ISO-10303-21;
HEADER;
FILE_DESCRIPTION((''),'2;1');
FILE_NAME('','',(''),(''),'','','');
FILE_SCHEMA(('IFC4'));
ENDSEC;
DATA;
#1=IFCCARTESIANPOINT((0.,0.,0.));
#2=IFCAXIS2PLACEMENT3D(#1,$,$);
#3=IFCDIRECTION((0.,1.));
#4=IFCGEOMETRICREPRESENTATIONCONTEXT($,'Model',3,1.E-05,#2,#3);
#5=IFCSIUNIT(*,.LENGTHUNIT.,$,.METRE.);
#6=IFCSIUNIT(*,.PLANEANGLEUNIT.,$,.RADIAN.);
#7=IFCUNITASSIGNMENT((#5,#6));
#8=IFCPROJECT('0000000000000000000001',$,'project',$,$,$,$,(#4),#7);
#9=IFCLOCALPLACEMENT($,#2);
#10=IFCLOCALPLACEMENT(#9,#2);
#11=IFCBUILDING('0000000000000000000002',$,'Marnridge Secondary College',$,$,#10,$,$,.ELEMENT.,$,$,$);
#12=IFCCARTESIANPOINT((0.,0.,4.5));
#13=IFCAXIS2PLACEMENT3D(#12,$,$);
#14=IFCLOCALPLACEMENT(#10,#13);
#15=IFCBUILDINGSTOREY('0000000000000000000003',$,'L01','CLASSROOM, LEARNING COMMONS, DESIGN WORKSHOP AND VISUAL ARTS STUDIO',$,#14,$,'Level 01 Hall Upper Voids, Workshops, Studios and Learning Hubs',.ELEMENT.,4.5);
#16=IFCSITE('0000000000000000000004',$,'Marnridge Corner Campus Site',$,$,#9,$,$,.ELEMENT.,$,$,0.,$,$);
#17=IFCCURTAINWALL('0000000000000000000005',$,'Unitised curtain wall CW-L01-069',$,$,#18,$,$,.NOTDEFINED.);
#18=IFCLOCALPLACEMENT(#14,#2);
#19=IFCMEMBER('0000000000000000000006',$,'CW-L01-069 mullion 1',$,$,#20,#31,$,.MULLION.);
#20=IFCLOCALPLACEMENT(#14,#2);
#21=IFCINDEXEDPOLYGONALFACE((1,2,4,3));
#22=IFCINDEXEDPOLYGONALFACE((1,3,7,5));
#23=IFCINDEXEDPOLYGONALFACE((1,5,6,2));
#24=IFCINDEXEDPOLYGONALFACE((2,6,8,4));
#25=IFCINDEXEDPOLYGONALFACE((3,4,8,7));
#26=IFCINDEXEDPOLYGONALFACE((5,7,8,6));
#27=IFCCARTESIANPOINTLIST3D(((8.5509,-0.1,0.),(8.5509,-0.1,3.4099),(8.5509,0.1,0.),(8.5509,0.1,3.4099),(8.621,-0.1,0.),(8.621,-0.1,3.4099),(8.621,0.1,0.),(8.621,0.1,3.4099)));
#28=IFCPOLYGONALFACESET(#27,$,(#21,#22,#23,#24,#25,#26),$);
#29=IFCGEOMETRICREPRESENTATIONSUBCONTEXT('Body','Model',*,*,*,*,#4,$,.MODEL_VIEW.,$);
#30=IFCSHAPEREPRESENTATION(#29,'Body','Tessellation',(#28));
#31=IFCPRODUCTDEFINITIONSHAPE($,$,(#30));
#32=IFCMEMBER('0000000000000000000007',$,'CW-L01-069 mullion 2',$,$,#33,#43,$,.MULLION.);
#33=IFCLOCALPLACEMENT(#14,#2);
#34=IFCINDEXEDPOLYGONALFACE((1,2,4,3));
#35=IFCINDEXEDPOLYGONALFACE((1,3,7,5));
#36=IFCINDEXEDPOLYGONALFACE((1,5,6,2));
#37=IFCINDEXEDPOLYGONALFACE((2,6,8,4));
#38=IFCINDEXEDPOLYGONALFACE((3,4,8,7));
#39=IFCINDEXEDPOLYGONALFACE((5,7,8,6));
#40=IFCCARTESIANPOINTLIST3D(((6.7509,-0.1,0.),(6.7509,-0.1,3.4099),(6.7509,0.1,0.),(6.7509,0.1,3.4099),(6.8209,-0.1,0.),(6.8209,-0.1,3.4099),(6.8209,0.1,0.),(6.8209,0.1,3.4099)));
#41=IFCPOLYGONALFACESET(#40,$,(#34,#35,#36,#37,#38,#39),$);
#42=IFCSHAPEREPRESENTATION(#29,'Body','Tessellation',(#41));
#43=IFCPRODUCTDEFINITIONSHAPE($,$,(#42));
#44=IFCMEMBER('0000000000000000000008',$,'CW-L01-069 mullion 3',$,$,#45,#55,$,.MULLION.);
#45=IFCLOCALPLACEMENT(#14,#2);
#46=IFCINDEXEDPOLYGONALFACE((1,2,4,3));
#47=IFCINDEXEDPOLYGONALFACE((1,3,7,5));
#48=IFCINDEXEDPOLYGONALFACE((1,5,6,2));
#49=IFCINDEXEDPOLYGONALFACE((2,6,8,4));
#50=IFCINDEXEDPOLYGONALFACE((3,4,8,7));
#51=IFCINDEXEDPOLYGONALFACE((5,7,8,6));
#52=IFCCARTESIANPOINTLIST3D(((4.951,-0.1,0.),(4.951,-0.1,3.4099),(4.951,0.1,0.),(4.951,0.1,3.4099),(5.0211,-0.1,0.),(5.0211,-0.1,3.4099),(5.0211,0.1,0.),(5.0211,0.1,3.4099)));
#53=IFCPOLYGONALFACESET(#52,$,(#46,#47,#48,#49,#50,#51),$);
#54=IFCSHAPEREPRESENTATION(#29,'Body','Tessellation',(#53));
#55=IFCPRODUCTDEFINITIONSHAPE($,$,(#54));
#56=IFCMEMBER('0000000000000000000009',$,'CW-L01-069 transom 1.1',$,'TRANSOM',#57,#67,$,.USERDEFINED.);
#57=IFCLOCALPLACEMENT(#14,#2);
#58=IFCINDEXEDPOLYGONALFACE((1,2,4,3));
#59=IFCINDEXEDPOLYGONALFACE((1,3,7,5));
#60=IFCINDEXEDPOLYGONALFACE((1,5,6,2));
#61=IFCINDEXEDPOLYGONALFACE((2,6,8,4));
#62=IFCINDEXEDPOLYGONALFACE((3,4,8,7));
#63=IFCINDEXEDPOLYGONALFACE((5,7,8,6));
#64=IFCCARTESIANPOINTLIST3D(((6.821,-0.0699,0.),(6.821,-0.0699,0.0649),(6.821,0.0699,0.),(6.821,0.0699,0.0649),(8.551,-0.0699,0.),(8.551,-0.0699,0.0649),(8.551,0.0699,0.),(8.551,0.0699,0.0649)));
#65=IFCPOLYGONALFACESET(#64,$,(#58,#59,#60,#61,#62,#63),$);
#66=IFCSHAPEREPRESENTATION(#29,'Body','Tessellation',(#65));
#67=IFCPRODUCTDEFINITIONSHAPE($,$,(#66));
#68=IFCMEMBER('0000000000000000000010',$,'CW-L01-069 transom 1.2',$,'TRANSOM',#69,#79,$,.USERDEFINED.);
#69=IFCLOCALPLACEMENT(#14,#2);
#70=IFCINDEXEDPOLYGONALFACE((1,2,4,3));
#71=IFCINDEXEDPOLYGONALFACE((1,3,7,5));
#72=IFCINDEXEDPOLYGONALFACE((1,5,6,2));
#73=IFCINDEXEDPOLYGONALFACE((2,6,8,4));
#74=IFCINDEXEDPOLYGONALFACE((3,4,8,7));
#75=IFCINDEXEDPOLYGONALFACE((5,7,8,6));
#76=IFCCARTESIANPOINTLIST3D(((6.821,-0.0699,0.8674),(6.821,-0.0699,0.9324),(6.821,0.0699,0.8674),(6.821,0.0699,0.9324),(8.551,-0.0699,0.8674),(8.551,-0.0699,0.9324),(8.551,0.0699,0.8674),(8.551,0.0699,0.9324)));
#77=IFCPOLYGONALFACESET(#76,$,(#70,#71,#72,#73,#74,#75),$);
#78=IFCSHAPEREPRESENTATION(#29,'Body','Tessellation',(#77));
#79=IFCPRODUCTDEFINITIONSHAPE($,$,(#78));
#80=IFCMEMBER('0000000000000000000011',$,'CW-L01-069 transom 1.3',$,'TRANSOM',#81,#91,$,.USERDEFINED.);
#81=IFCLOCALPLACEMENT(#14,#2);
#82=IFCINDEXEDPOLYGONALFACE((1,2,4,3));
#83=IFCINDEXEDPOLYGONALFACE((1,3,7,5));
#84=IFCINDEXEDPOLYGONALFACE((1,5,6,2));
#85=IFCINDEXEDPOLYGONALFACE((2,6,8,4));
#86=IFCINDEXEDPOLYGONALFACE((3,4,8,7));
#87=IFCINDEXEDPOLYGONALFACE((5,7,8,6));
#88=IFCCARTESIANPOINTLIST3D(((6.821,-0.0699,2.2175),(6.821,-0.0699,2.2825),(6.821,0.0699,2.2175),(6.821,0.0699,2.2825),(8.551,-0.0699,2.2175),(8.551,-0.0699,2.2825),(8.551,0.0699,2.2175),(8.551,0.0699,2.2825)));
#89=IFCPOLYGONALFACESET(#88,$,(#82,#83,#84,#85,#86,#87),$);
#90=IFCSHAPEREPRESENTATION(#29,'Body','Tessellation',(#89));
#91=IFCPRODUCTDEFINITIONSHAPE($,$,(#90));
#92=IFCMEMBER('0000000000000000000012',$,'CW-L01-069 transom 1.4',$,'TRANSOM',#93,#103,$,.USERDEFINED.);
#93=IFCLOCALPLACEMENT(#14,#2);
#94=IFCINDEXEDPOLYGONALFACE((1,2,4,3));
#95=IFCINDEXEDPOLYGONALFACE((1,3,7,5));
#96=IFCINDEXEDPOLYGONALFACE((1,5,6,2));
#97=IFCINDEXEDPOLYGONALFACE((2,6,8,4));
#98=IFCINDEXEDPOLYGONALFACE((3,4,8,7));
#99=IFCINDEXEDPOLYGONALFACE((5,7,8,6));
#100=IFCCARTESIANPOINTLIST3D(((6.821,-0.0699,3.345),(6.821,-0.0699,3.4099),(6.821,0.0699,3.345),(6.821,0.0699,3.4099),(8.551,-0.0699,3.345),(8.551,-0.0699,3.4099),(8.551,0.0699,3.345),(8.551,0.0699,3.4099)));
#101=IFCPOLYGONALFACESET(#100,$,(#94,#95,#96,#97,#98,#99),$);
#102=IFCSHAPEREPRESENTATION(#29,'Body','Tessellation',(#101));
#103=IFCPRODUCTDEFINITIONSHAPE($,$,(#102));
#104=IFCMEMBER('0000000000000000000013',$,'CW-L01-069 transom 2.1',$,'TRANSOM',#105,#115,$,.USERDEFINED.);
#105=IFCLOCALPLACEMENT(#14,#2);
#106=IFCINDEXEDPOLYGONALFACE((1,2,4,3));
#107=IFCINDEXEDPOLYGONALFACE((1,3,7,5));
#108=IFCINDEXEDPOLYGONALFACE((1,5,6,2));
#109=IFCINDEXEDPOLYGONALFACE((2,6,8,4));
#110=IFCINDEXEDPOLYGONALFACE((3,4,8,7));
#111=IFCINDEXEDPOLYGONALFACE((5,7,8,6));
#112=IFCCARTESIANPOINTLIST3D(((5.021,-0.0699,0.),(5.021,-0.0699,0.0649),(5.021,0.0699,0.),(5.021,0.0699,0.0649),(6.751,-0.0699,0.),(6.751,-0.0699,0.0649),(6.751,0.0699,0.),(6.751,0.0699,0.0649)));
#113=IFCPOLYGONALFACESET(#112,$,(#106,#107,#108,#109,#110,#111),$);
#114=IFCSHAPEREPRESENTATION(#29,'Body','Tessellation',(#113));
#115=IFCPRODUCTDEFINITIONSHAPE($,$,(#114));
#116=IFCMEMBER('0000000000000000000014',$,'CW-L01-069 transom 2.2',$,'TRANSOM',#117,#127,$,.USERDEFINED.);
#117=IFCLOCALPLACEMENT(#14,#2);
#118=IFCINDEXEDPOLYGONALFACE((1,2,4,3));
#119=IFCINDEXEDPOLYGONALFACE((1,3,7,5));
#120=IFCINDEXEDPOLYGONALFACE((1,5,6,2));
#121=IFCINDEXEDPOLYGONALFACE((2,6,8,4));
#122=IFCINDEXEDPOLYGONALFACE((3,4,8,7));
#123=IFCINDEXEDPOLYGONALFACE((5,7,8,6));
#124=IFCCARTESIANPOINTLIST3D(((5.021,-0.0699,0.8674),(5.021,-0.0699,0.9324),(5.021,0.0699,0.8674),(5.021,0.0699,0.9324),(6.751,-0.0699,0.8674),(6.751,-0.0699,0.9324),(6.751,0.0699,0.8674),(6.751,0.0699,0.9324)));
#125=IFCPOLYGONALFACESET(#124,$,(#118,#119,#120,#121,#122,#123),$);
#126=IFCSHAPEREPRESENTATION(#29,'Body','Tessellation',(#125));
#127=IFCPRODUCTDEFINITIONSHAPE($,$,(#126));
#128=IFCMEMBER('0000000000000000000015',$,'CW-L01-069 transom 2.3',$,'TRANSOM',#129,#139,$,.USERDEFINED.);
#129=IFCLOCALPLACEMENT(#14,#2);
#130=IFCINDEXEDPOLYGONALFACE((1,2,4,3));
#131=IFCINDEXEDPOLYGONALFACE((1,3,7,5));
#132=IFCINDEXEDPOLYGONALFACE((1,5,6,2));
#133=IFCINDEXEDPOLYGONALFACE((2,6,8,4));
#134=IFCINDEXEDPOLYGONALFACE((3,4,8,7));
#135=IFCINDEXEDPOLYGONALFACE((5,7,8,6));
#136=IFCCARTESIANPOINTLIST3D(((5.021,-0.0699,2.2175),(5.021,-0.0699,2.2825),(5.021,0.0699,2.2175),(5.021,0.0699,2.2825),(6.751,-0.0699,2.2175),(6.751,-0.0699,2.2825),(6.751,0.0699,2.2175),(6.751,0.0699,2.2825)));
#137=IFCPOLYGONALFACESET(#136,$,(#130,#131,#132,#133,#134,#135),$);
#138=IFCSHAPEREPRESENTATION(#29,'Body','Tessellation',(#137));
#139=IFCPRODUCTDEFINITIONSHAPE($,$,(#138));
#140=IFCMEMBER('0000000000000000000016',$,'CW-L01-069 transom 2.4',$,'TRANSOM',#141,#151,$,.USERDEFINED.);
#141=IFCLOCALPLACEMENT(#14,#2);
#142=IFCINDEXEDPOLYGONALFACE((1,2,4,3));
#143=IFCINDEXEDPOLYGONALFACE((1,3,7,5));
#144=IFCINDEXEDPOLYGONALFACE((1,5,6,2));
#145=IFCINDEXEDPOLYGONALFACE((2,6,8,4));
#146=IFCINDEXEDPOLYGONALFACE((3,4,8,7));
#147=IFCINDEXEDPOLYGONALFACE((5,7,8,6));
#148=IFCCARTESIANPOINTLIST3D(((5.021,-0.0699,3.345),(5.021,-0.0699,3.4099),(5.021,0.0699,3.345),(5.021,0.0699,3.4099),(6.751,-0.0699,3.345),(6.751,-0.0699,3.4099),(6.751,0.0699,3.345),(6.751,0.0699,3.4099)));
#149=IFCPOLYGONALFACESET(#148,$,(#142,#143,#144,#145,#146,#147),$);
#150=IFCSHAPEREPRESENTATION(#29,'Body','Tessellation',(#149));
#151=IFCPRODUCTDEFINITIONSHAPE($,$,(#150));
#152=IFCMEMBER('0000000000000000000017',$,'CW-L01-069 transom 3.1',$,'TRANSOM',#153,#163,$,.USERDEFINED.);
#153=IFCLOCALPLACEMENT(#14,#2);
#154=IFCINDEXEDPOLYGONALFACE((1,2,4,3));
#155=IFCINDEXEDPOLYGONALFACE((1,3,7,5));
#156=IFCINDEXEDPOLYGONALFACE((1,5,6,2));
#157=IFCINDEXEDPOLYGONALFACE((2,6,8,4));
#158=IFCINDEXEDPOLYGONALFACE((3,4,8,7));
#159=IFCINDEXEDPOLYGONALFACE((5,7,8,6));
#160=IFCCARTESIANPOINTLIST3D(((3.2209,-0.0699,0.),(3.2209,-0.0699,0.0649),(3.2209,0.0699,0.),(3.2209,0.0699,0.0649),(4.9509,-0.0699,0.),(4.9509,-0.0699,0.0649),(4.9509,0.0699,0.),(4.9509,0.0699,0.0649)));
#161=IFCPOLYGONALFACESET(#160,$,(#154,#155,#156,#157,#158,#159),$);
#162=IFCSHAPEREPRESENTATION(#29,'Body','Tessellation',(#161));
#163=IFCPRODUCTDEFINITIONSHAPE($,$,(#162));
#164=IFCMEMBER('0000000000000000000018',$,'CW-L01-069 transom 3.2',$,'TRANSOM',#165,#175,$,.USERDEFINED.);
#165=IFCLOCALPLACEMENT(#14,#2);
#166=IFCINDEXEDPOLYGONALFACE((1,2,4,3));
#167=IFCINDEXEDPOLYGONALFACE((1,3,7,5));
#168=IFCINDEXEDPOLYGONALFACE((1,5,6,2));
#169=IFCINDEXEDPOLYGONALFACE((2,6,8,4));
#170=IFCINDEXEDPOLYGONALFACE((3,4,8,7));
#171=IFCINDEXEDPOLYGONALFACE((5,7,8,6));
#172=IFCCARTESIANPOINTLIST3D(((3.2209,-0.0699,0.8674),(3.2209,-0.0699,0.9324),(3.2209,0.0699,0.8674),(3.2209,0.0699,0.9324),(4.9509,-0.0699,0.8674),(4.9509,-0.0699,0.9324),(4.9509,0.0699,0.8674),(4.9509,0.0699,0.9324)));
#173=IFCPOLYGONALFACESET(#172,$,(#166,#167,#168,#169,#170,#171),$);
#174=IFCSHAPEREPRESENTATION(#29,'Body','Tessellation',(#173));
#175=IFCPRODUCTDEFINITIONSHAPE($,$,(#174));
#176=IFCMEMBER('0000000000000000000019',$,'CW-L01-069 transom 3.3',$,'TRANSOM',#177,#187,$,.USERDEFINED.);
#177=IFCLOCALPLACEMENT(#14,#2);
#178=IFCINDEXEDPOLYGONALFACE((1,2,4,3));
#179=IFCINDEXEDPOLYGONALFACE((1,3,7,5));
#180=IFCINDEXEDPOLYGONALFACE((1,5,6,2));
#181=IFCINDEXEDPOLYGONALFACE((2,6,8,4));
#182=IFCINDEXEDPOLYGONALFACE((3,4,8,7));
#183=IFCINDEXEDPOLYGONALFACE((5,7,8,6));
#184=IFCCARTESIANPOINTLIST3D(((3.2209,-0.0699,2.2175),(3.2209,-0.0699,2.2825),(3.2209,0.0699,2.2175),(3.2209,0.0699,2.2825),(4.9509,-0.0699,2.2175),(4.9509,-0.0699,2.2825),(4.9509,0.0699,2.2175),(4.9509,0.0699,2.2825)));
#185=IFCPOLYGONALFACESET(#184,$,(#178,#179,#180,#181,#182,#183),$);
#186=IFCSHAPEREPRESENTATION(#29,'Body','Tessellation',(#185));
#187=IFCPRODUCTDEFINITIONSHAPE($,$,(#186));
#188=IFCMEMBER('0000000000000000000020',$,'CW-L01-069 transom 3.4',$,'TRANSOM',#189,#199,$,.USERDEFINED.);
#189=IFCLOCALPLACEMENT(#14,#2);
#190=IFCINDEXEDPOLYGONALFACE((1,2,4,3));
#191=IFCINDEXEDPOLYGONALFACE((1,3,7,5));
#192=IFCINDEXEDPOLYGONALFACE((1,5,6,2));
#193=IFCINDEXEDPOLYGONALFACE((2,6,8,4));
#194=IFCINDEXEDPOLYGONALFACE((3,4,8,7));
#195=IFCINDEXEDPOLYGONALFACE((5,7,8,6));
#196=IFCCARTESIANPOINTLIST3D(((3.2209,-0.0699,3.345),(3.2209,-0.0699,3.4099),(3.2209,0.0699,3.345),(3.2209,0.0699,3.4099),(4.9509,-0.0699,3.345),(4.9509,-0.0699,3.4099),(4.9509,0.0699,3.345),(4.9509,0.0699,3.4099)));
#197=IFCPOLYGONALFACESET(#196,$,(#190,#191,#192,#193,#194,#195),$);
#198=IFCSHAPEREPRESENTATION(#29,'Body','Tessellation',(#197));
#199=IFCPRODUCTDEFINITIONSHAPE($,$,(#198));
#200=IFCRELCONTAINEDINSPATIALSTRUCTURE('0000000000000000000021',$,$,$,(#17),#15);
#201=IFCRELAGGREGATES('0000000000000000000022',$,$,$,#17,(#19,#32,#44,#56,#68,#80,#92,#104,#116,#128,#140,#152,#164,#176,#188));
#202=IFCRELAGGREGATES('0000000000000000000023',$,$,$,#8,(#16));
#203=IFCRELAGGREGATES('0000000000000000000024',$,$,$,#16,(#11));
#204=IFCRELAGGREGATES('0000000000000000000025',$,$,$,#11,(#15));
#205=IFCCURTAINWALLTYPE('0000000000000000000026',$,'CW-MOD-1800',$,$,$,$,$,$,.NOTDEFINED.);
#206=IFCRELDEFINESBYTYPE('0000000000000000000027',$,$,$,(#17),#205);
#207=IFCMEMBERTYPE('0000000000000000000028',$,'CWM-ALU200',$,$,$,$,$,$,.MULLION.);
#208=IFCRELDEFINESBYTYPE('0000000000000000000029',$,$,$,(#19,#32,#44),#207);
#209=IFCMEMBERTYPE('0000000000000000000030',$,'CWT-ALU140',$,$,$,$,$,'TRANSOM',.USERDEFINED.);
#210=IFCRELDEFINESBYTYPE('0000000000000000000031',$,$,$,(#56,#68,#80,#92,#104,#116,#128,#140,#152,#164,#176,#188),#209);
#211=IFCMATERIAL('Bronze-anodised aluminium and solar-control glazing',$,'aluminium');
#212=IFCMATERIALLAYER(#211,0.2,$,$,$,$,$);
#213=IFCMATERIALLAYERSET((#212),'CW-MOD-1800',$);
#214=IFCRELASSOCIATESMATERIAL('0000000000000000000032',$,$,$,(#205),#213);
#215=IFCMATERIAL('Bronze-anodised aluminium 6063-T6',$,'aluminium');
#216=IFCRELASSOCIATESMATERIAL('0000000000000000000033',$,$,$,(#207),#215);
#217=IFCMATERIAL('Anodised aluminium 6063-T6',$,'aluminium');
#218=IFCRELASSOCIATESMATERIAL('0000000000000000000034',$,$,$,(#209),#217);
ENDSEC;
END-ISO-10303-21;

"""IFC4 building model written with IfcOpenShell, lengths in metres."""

from ifc_helpers import new_model, si_unit, direction, frame, origin, origin_2d, place, context, subcontext, project, spatial, rectangle, extrude, material, layer, layer_set, material_profile, profile_set, type_object, element, aggregate, save


model = new_model("IFC4")

# Units and contexts
model_context = context("Model", 3, precision=1e-05, world=origin(), true_north=direction((0.0, 1.0)))
body_context = subcontext(model_context, "Body", "Model", "MODEL_VIEW")
ifc_project = project(units=[si_unit("LENGTHUNIT", "METRE"), si_unit("PLANEANGLEUNIT", "RADIAN")], contexts=[model_context])

# Site, building, storey
site_placement = place(None, origin())
site = spatial("IfcSite", under=ifc_project, at=site_placement, Name="Marnridge Corner Campus Site", CompositionType="ELEMENT", RefElevation=0.0)
building_placement = place(site_placement, origin())
building = spatial("IfcBuilding", under=site, at=building_placement, Name="Marnridge Secondary College", CompositionType="ELEMENT")
storey_placement = place(building_placement, frame((0.0, 0.0, 4.5)))
storey = spatial("IfcBuildingStorey", under=building, at=storey_placement, Name="L01", Description="CLASSROOM, LEARNING COMMONS, DESIGN WORKSHOP AND VISUAL ARTS STUDIO", LongName="Level 01 Hall Upper Voids, Workshops, Studios and Learning Hubs", CompositionType="ELEMENT", Elevation=4.5)

# Curtain wall, members
ifc_material_1 = material(Name="Bronze-anodised aluminium and solar-control glazing", Category="aluminium")
ifc_layer_1 = layer(ifc_material_1, 0.2)
ifc_layer_set_1 = layer_set([ifc_layer_1], Name="CW-MOD-1800")
curtain_wall_type = type_object("IfcCurtainWallType", Name="CW-MOD-1800", PredefinedType="NOTDEFINED", material=ifc_layer_set_1)
curtain_wall_placement = place(storey_placement, origin())
curtain_wall = element("IfcCurtainWall", 1, at=curtain_wall_placement, inside=storey, type_object=curtain_wall_type, Name="Unitised curtain wall CW-L01-069", PredefinedType="NOTDEFINED")
ifc_material_2 = material(Name="Bronze-anodised aluminium 6063-T6", Category="aluminium")
ifc_material_profile_1 = material_profile(ifc_material_2, rectangle(XDim=0.0701, YDim=0.2, at=origin_2d()), Name="ALU 70x200")
ifc_profile_set_1 = profile_set([ifc_material_profile_1], Name="Bronze-anodised aluminium 6063-T6")
member_type_1 = type_object("IfcMemberType", Name="CWM-ALU200", PredefinedType="MULLION", material=ifc_profile_set_1)
member_1_placement = place(storey_placement, frame((8.5859, 0.0, 0.0), z_axis=(0.0, 0.0, 1.0), x_axis=(-1.0, 0.0, 0.0)))
member_1 = element("IfcMember", 2, at=member_1_placement, type_object=member_type_1, Name="CW-L01-069 mullion 1", PredefinedType="MULLION", context=body_context, shape_type="SweptSolid", body=[
    extrude(rectangle(XDim=0.0701, YDim=0.2, at=origin_2d()), origin(), (0.0, 0.0, 1.0), 3.4099),
])
member_2_placement = place(storey_placement, frame((6.7859, 0.0, 0.0), z_axis=(0.0, 0.0, 1.0), x_axis=(-1.0, 0.0, 0.0)))
member_2 = element("IfcMember", 3, at=member_2_placement, type_object=member_type_1, Name="CW-L01-069 mullion 2", PredefinedType="MULLION", context=body_context, shape_type="SweptSolid", body=[
    extrude(rectangle(XDim=0.0701, YDim=0.2, at=origin_2d()), origin(), (0.0, 0.0, 1.0), 3.4099),
])
member_3_placement = place(storey_placement, frame((4.9861, 0.0, 0.0), z_axis=(0.0, 0.0, 1.0), x_axis=(-1.0, 0.0, 0.0)))
member_3 = element("IfcMember", 4, at=member_3_placement, type_object=member_type_1, Name="CW-L01-069 mullion 3", PredefinedType="MULLION", context=body_context, shape_type="SweptSolid", body=[
    extrude(rectangle(XDim=0.0701, YDim=0.2, at=origin_2d()), origin(), (0.0, 0.0, 1.0), 3.4099),
])
ifc_material_3 = material(Name="Anodised aluminium 6063-T6", Category="aluminium")
ifc_material_profile_2 = material_profile(ifc_material_3, rectangle(XDim=0.0649, YDim=0.1399, at=origin_2d()), Name="ALU 65x140")
ifc_profile_set_2 = profile_set([ifc_material_profile_2], Name="Anodised aluminium 6063-T6")
member_type_2 = type_object("IfcMemberType", Name="CWT-ALU140", ElementType="TRANSOM", PredefinedType="USERDEFINED", material=ifc_profile_set_2)
member_4_placement = place(storey_placement, frame((8.551, 0.0, 0.0325), z_axis=(-1.0, 0.0, 0.0), x_axis=(0.0, 0.0, 1.0)))
member_4 = element("IfcMember", 5, at=member_4_placement, type_object=member_type_2, Name="CW-L01-069 transom 1.1", ObjectType="TRANSOM", PredefinedType="USERDEFINED", context=body_context, shape_type="SweptSolid", body=[
    extrude(rectangle(XDim=0.0649, YDim=0.1399, at=origin_2d()), origin(), (0.0, 0.0, 1.0), 1.73),
])
member_5_placement = place(storey_placement, frame((8.551, 0.0, 0.8999), z_axis=(-1.0, 0.0, 0.0), x_axis=(0.0, 0.0, 1.0)))
member_5 = element("IfcMember", 6, at=member_5_placement, type_object=member_type_2, Name="CW-L01-069 transom 1.2", ObjectType="TRANSOM", PredefinedType="USERDEFINED", context=body_context, shape_type="SweptSolid", body=[
    extrude(rectangle(XDim=0.0649, YDim=0.1399, at=origin_2d()), origin(), (0.0, 0.0, 1.0), 1.73),
])
member_6_placement = place(storey_placement, frame((8.551, 0.0, 2.25), z_axis=(-1.0, 0.0, 0.0), x_axis=(0.0, 0.0, 1.0)))
member_6 = element("IfcMember", 7, at=member_6_placement, type_object=member_type_2, Name="CW-L01-069 transom 1.3", ObjectType="TRANSOM", PredefinedType="USERDEFINED", context=body_context, shape_type="SweptSolid", body=[
    extrude(rectangle(XDim=0.0649, YDim=0.1399, at=origin_2d()), origin(), (0.0, 0.0, 1.0), 1.73),
])
member_7_placement = place(storey_placement, frame((8.551, 0.0, 3.3774), z_axis=(-1.0, 0.0, 0.0), x_axis=(0.0, 0.0, 1.0)))
member_7 = element("IfcMember", 8, at=member_7_placement, type_object=member_type_2, Name="CW-L01-069 transom 1.4", ObjectType="TRANSOM", PredefinedType="USERDEFINED", context=body_context, shape_type="SweptSolid", body=[
    extrude(rectangle(XDim=0.0649, YDim=0.1399, at=origin_2d()), origin(), (0.0, 0.0, 1.0), 1.73),
])
member_8_placement = place(storey_placement, frame((6.751, 0.0, 0.0325), z_axis=(-1.0, 0.0, 0.0), x_axis=(0.0, 0.0, 1.0)))
member_8 = element("IfcMember", 9, at=member_8_placement, type_object=member_type_2, Name="CW-L01-069 transom 2.1", ObjectType="TRANSOM", PredefinedType="USERDEFINED", context=body_context, shape_type="SweptSolid", body=[
    extrude(rectangle(XDim=0.0649, YDim=0.1399, at=origin_2d()), origin(), (0.0, 0.0, 1.0), 1.73),
])
member_9_placement = place(storey_placement, frame((6.751, 0.0, 0.8999), z_axis=(-1.0, 0.0, 0.0), x_axis=(0.0, 0.0, 1.0)))
member_9 = element("IfcMember", 10, at=member_9_placement, type_object=member_type_2, Name="CW-L01-069 transom 2.2", ObjectType="TRANSOM", PredefinedType="USERDEFINED", context=body_context, shape_type="SweptSolid", body=[
    extrude(rectangle(XDim=0.0649, YDim=0.1399, at=origin_2d()), origin(), (0.0, 0.0, 1.0), 1.73),
])
member_10_placement = place(storey_placement, frame((6.751, 0.0, 2.25), z_axis=(-1.0, 0.0, 0.0), x_axis=(0.0, 0.0, 1.0)))
member_10 = element("IfcMember", 11, at=member_10_placement, type_object=member_type_2, Name="CW-L01-069 transom 2.3", ObjectType="TRANSOM", PredefinedType="USERDEFINED", context=body_context, shape_type="SweptSolid", body=[
    extrude(rectangle(XDim=0.0649, YDim=0.1399, at=origin_2d()), origin(), (0.0, 0.0, 1.0), 1.73),
])
member_11_placement = place(storey_placement, frame((6.751, 0.0, 3.3774), z_axis=(-1.0, 0.0, 0.0), x_axis=(0.0, 0.0, 1.0)))
member_11 = element("IfcMember", 12, at=member_11_placement, type_object=member_type_2, Name="CW-L01-069 transom 2.4", ObjectType="TRANSOM", PredefinedType="USERDEFINED", context=body_context, shape_type="SweptSolid", body=[
    extrude(rectangle(XDim=0.0649, YDim=0.1399, at=origin_2d()), origin(), (0.0, 0.0, 1.0), 1.73),
])
member_12_placement = place(storey_placement, frame((4.9509, 0.0, 0.0325), z_axis=(-1.0, 0.0, 0.0), x_axis=(0.0, 0.0, 1.0)))
member_12 = element("IfcMember", 13, at=member_12_placement, type_object=member_type_2, Name="CW-L01-069 transom 3.1", ObjectType="TRANSOM", PredefinedType="USERDEFINED", context=body_context, shape_type="SweptSolid", body=[
    extrude(rectangle(XDim=0.0649, YDim=0.1399, at=origin_2d()), origin(), (0.0, 0.0, 1.0), 1.73),
])
member_13_placement = place(storey_placement, frame((4.9509, 0.0, 0.8999), z_axis=(-1.0, 0.0, 0.0), x_axis=(0.0, 0.0, 1.0)))
member_13 = element("IfcMember", 14, at=member_13_placement, type_object=member_type_2, Name="CW-L01-069 transom 3.2", ObjectType="TRANSOM", PredefinedType="USERDEFINED", context=body_context, shape_type="SweptSolid", body=[
    extrude(rectangle(XDim=0.0649, YDim=0.1399, at=origin_2d()), origin(), (0.0, 0.0, 1.0), 1.73),
])
member_14_placement = place(storey_placement, frame((4.9509, 0.0, 2.25), z_axis=(-1.0, 0.0, 0.0), x_axis=(0.0, 0.0, 1.0)))
member_14 = element("IfcMember", 15, at=member_14_placement, type_object=member_type_2, Name="CW-L01-069 transom 3.3", ObjectType="TRANSOM", PredefinedType="USERDEFINED", context=body_context, shape_type="SweptSolid", body=[
    extrude(rectangle(XDim=0.0649, YDim=0.1399, at=origin_2d()), origin(), (0.0, 0.0, 1.0), 1.73),
])
member_15_placement = place(storey_placement, frame((4.9509, 0.0, 3.3774), z_axis=(-1.0, 0.0, 0.0), x_axis=(0.0, 0.0, 1.0)))
member_15 = element("IfcMember", 16, at=member_15_placement, type_object=member_type_2, Name="CW-L01-069 transom 3.4", ObjectType="TRANSOM", PredefinedType="USERDEFINED", context=body_context, shape_type="SweptSolid", body=[
    extrude(rectangle(XDim=0.0649, YDim=0.1399, at=origin_2d()), origin(), (0.0, 0.0, 1.0), 1.73),
])
aggregate(curtain_wall, [member_1, member_2, member_3, member_4, member_5, member_6, member_7, member_8, member_9, member_10, member_11, member_12, member_13, member_14, member_15])

save(model, "model.ifc")
